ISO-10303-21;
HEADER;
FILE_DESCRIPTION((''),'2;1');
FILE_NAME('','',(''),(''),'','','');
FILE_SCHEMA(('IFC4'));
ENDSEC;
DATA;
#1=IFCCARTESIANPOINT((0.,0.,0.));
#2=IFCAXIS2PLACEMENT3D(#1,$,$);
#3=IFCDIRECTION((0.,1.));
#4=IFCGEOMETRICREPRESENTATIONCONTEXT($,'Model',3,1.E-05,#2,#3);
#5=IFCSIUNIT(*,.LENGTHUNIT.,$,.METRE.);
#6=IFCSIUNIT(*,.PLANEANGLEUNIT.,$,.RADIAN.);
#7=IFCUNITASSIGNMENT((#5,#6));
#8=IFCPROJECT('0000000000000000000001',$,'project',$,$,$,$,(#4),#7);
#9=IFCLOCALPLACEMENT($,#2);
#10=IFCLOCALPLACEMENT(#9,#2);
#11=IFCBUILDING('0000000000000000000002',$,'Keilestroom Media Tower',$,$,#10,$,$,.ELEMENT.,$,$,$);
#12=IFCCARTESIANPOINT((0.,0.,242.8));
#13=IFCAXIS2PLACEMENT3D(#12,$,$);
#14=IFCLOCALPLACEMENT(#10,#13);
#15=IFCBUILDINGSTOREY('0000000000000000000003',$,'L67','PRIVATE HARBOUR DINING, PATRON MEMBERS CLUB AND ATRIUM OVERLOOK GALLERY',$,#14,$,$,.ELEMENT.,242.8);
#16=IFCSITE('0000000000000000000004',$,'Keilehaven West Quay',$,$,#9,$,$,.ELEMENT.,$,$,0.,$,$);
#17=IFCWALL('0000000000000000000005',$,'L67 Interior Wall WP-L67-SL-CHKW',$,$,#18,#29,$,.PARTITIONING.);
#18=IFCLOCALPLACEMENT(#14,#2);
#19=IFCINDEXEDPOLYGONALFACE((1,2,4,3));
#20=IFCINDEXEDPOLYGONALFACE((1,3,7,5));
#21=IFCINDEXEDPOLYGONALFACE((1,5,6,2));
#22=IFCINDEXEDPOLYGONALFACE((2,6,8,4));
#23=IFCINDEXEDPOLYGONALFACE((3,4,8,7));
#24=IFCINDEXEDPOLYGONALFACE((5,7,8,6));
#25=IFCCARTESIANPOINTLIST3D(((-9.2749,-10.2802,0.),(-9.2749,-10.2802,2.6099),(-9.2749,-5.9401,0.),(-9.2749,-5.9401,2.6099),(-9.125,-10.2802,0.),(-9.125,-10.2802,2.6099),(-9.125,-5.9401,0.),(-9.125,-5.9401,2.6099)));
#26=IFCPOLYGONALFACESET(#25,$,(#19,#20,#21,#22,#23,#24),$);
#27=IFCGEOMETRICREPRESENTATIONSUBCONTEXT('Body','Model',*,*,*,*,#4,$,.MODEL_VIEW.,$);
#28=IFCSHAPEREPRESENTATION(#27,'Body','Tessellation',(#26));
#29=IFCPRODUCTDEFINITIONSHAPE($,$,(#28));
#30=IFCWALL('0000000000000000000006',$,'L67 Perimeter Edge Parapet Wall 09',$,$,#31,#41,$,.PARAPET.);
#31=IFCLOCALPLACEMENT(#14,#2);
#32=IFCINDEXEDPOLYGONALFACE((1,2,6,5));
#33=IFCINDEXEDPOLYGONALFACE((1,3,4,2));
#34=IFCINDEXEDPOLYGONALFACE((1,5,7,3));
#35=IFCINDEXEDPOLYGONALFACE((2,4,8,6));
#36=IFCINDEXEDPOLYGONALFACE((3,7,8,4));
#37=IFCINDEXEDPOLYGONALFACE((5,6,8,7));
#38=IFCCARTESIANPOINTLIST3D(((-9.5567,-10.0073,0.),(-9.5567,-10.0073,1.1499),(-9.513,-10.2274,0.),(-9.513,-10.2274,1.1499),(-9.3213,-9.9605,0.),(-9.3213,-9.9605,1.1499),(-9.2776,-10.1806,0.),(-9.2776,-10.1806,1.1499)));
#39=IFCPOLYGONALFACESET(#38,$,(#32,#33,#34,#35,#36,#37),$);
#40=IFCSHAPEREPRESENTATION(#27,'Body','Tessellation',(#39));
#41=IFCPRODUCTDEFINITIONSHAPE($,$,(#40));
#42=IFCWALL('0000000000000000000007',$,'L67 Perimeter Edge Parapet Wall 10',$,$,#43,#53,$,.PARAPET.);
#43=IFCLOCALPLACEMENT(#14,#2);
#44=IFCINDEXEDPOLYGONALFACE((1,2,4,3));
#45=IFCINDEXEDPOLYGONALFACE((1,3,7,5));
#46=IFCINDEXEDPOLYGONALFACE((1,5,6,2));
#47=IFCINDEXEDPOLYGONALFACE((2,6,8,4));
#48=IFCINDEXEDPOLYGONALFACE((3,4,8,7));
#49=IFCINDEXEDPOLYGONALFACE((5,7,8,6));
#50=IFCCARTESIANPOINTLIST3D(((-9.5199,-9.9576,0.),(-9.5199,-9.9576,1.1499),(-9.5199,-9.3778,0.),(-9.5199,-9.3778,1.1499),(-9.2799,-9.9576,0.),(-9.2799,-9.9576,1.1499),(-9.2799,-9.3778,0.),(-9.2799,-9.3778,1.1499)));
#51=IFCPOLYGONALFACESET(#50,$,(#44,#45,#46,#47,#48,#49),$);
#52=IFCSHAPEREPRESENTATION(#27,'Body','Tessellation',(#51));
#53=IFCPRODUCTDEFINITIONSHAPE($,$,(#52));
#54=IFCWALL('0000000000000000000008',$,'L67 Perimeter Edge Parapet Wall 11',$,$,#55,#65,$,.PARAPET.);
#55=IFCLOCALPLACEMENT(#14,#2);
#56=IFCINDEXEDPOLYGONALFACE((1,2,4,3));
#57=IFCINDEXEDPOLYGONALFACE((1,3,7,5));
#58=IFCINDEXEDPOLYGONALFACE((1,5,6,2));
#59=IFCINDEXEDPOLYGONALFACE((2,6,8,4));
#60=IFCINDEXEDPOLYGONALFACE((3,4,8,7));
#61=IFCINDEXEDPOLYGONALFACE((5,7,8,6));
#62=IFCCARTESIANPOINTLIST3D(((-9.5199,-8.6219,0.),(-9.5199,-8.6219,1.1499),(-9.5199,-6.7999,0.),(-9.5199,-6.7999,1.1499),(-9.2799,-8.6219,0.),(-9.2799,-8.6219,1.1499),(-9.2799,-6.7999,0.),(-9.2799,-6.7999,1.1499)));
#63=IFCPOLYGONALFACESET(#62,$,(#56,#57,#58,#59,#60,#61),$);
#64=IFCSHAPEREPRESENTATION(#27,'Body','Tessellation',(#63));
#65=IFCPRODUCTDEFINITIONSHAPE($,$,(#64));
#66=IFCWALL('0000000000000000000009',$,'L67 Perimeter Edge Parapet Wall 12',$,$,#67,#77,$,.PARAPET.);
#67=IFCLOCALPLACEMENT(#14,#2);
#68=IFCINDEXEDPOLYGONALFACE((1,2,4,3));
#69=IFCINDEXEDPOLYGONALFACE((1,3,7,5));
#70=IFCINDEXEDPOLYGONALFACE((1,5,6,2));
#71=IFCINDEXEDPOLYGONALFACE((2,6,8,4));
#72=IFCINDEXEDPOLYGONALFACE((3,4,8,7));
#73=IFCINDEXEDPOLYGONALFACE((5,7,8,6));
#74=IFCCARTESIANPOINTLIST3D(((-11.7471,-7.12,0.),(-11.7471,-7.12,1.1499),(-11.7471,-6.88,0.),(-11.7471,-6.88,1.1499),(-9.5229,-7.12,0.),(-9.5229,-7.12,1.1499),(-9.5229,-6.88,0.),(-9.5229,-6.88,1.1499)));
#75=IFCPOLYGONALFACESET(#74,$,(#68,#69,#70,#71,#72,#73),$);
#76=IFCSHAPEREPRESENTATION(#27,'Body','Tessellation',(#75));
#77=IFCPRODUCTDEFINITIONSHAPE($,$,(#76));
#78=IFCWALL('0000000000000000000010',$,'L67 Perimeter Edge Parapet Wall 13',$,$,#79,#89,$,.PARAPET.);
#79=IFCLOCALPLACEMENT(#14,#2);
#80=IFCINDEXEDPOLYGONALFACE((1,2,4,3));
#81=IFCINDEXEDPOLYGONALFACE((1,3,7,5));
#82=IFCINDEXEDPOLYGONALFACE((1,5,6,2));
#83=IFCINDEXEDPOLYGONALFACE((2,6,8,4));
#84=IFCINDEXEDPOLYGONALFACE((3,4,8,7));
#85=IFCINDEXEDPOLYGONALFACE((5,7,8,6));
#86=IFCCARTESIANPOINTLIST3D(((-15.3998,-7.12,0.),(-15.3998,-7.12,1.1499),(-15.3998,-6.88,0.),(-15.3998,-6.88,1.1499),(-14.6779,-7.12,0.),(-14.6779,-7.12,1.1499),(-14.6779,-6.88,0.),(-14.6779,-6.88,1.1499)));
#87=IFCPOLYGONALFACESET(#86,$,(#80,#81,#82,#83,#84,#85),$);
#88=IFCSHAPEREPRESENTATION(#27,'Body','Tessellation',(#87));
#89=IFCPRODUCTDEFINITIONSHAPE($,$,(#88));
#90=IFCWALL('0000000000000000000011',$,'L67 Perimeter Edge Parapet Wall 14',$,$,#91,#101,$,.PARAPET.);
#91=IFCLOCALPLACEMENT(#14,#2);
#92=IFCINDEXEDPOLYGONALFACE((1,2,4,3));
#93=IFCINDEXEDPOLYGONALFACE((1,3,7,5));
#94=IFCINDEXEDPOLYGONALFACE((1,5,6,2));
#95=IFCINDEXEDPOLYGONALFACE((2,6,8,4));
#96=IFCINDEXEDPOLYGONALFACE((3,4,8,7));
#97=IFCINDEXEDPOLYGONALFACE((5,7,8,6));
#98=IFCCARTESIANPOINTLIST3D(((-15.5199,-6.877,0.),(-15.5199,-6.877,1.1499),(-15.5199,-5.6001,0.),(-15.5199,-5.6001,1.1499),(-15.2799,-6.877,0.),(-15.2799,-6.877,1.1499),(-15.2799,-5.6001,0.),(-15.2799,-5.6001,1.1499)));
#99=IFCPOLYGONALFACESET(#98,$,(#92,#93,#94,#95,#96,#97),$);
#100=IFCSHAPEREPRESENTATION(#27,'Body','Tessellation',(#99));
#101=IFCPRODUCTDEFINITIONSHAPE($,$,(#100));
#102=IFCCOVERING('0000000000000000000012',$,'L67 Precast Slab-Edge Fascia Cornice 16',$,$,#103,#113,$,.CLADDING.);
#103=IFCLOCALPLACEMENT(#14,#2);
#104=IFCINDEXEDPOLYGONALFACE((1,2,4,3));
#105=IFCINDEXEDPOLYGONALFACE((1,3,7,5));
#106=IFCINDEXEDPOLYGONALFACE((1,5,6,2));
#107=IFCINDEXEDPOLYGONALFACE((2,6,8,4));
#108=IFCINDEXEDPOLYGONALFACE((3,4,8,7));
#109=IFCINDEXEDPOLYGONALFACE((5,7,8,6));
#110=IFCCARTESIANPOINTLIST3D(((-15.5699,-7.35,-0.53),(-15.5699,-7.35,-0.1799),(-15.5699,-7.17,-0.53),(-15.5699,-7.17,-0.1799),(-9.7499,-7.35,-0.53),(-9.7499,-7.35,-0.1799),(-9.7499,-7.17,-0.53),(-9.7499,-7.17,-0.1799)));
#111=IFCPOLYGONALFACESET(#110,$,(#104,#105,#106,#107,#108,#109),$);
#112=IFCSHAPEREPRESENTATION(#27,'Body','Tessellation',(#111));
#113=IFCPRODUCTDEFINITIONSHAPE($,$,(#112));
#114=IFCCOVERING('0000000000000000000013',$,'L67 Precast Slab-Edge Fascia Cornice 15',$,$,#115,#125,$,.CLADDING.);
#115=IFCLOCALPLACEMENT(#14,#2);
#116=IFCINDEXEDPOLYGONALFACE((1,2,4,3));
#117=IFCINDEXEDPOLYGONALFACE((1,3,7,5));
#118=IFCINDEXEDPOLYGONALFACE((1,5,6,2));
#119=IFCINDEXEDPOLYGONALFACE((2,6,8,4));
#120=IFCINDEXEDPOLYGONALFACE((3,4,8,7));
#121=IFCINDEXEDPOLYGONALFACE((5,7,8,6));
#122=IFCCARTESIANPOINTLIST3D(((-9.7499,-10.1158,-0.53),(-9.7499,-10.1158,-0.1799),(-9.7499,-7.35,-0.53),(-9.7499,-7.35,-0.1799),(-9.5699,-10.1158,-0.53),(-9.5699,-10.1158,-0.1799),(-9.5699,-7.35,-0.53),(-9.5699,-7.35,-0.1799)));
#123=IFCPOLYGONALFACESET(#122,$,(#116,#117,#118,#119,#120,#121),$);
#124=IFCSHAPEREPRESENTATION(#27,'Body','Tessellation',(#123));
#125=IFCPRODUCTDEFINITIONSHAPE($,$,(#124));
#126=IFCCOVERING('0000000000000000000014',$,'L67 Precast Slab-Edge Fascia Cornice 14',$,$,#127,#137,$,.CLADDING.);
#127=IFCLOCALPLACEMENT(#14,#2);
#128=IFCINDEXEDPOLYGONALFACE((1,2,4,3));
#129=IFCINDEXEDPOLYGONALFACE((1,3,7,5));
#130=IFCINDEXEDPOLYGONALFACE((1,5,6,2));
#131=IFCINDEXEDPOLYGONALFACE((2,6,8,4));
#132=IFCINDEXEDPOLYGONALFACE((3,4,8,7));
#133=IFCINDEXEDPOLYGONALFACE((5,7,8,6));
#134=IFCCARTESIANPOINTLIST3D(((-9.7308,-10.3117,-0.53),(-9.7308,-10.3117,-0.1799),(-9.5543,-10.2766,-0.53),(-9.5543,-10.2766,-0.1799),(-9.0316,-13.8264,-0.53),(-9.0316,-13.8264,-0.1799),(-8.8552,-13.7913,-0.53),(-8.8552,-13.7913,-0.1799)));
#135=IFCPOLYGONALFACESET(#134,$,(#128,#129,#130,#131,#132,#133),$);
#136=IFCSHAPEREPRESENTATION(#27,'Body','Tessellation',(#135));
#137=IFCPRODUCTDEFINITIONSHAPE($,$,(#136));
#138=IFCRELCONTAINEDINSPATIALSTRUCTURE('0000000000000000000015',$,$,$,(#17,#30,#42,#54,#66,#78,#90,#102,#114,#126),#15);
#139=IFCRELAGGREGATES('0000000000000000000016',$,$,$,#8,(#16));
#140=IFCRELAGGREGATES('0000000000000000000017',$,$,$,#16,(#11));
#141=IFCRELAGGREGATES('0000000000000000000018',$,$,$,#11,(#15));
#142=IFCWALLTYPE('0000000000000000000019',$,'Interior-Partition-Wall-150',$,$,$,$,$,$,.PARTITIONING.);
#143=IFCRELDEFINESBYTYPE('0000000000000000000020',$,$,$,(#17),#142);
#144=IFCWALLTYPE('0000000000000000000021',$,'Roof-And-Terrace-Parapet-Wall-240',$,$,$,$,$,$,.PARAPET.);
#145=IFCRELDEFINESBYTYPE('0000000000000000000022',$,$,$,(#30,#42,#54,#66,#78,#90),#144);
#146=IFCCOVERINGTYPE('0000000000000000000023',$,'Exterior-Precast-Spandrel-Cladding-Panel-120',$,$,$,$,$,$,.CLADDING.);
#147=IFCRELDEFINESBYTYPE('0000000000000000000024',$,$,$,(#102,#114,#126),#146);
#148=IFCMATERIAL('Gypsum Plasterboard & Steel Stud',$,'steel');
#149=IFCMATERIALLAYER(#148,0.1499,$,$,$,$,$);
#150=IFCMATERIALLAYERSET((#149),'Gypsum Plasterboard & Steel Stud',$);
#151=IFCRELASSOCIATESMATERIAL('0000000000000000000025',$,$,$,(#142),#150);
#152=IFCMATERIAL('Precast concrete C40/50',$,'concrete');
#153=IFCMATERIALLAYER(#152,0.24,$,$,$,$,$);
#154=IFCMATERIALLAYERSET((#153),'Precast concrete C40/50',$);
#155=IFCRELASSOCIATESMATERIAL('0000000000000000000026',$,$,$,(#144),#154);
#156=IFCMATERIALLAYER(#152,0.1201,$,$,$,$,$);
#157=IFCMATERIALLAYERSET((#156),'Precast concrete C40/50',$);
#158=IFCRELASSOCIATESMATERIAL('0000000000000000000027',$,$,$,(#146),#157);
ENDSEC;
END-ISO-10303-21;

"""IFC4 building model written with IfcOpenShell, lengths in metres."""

from ifc_helpers import new_model, si_unit, direction, frame, frame_2d, origin, origin_2d, place, context, subcontext, project, spatial, rectangle, extrude, source, transform, mapped, material, layer, layer_set, type_object, element, save


model = new_model("IFC4")

# Units and contexts
model_context = context("Model", 3, precision=1e-05, world=origin(), true_north=direction((0.0, 1.0)))
body_context = subcontext(model_context, "Body", "Model", "MODEL_VIEW")
ifc_project = project(units=[si_unit("LENGTHUNIT", "METRE"), si_unit("PLANEANGLEUNIT", "RADIAN")], contexts=[model_context])

# Site, building, storey
site_placement = place(None, origin())
site = spatial("IfcSite", under=ifc_project, at=site_placement, Name="Keilehaven West Quay", CompositionType="ELEMENT", RefElevation=0.0)
building_placement = place(site_placement, origin())
building = spatial("IfcBuilding", under=site, at=building_placement, Name="Keilestroom Media Tower", CompositionType="ELEMENT")
storey_placement = place(building_placement, frame((0.0, 0.0, 242.8)))
storey = spatial("IfcBuildingStorey", under=building, at=storey_placement, Name="L67", Description="PRIVATE HARBOUR DINING, PATRON MEMBERS CLUB AND ATRIUM OVERLOOK GALLERY", CompositionType="ELEMENT", Elevation=242.8)

# Shared definitions
ifc_material_1 = material(Name="Precast concrete C40/50", Category="concrete")

# Shared definitions
ifc_material_2 = material(Name="Gypsum Plasterboard & Steel Stud", Category="steel")

# Shared definitions
ifc_layer_1 = layer(ifc_material_2, 0.1499)
ifc_layer_set_1 = layer_set([ifc_layer_1], Name="Gypsum Plasterboard & Steel Stud")
wall_type_1 = type_object("IfcWallType", Name="Interior-Partition-Wall-150", PredefinedType="PARTITIONING", material=ifc_layer_set_1)

# Walls
wall_1_placement = place(storey_placement, frame((-9.2, -10.28, 0.0), z_axis=(0.0, 0.0, 1.0), x_axis=(0.0, 1.0, 0.0)))
element("IfcWall", 1, at=wall_1_placement, inside=storey, type_object=wall_type_1, Name="L67 Interior Wall WP-L67-SL-CHKW", PredefinedType="PARTITIONING", context=body_context, shape_type="SweptSolid", body=[
    extrude(rectangle(XDim=4.3401, YDim=0.1499, at=frame_2d((2.1699, 0.0))), origin(), (0.0, 0.0, 1.0), 2.6099),
])
ifc_layer_2 = layer(ifc_material_1, 0.24)
ifc_layer_set_2 = layer_set([ifc_layer_2], Name="Precast concrete C40/50")
wall_type_2 = type_object("IfcWallType", Name="Roof-And-Terrace-Parapet-Wall-240", PredefinedType="PARAPET", material=ifc_layer_set_2)
wall_2_placement = place(storey_placement, frame((-9.3953, -10.2041, 0.0), z_axis=(0.0, 0.0, 1.0), x_axis=(-0.19486, 0.980831, 0.0)))
element("IfcWall", 2, at=wall_2_placement, inside=storey, type_object=wall_type_2, Name="L67 Perimeter Edge Parapet Wall 09", PredefinedType="PARAPET", context=body_context, shape_type="SweptSolid", body=[
    extrude(rectangle(XDim=0.2244, YDim=0.24, at=frame_2d((0.1123, 0.0))), origin(), (0.0, 0.0, 1.0), 1.1499),
])
wall_3_placement = place(storey_placement, frame((-9.3999, -9.9578, 0.0), z_axis=(0.0, 0.0, 1.0), x_axis=(0.0, 1.0, 0.0)))
element("IfcWall", 3, at=wall_3_placement, inside=storey, type_object=wall_type_2, Name="L67 Perimeter Edge Parapet Wall 10", PredefinedType="PARAPET", context=body_context, shape_type="SweptSolid", body=[
    extrude(rectangle(XDim=0.5798, YDim=0.24, at=frame_2d((0.29, 0.0))), origin(), (0.0, 0.0, 1.0), 1.1499),
])
wall_4_placement = place(storey_placement, frame((-9.3999, -8.6221, 0.0), z_axis=(0.0, 0.0, 1.0), x_axis=(0.0, 1.0, 0.0)))
element("IfcWall", 4, at=wall_4_placement, inside=storey, type_object=wall_type_2, Name="L67 Perimeter Edge Parapet Wall 11", PredefinedType="PARAPET", context=body_context, shape_type="SweptSolid", body=[
    extrude(rectangle(XDim=1.822, YDim=0.24, at=frame_2d((0.9111, 0.0))), origin(), (0.0, 0.0, 1.0), 1.1499),
])
wall_5_placement = place(storey_placement, frame((-9.5229, -7.0, 0.0), z_axis=(0.0, 0.0, 1.0), x_axis=(-1.0, 0.0, 0.0)))
element("IfcWall", 5, at=wall_5_placement, inside=storey, type_object=wall_type_2, Name="L67 Perimeter Edge Parapet Wall 12", PredefinedType="PARAPET", context=body_context, shape_type="SweptSolid", body=[
    extrude(rectangle(XDim=2.2241, YDim=0.24, at=frame_2d((1.1121, 0.0))), origin(), (0.0, 0.0, 1.0), 1.1499),
])
wall_6_placement = place(storey_placement, frame((-14.678, -7.0, 0.0), z_axis=(0.0, 0.0, 1.0), x_axis=(-1.0, 0.0, 0.0)))
element("IfcWall", 6, at=wall_6_placement, inside=storey, type_object=wall_type_2, Name="L67 Perimeter Edge Parapet Wall 13", PredefinedType="PARAPET", context=body_context, shape_type="SweptSolid", body=[
    extrude(rectangle(XDim=0.7219, YDim=0.24, at=frame_2d((0.3608, 0.0))), origin(), (0.0, 0.0, 1.0), 1.1499),
])
wall_7_placement = place(storey_placement, frame((-15.3999, -6.877, 0.0), z_axis=(0.0, 0.0, 1.0), x_axis=(0.0, 1.0, 0.0)))
element("IfcWall", 7, at=wall_7_placement, inside=storey, type_object=wall_type_2, Name="L67 Perimeter Edge Parapet Wall 14", PredefinedType="PARAPET", context=body_context, shape_type="SweptSolid", body=[
    extrude(rectangle(XDim=1.2769, YDim=0.24, at=frame_2d((0.6384, 0.0))), origin(), (0.0, 0.0, 1.0), 1.1499),
])

# Coverings
ifc_layer_3 = layer(ifc_material_1, 0.1201)
ifc_layer_set_3 = layer_set([ifc_layer_3], Name="Precast concrete C40/50")
covering_type = type_object("IfcCoveringType", Name="Exterior-Precast-Spandrel-Cladding-Panel-120", PredefinedType="CLADDING", material=ifc_layer_set_3)
shared_shape_1 = source(origin(), body_context, "Body", "SweptSolid", [
    extrude(rectangle(XDim=5.8201, YDim=0.1799, at=origin_2d()), origin(), (0.0, 0.0, 1.0), 0.3501),
])
covering_1_placement = place(storey_placement, frame((-12.6599, -7.26, -0.53), z_axis=(0.0, 0.0, 1.0), x_axis=(-1.0, 0.0, 0.0)))
element("IfcCovering", 8, at=covering_1_placement, inside=storey, type_object=covering_type, Name="L67 Precast Slab-Edge Fascia Cornice 16", PredefinedType="CLADDING", context=body_context, shape_type="MappedRepresentation", body=[
    mapped(shared_shape_1, transform((0.0, 0.0, 0.0), x_axis=(1.0, 0.0, 0.0), y_axis=(0.0, 1.0, 0.0), z_axis=(0.0, 0.0, 1.0), scale=1.0)),
])
shared_shape_2 = source(origin(), body_context, "Body", "SweptSolid", [
    extrude(rectangle(XDim=2.7659, YDim=0.1799, at=origin_2d()), origin(), (0.0, 0.0, 1.0), 0.3501),
])
covering_2_placement = place(storey_placement, frame((-9.6599, -8.7329, -0.53), z_axis=(0.0, 0.0, 1.0), x_axis=(0.0, 1.0, 0.0)))
element("IfcCovering", 9, at=covering_2_placement, inside=storey, type_object=covering_type, Name="L67 Precast Slab-Edge Fascia Cornice 15", PredefinedType="CLADDING", context=body_context, shape_type="MappedRepresentation", body=[
    mapped(shared_shape_2, transform((0.0, 0.0, 0.0), x_axis=(1.0, 0.0, 0.0), y_axis=(0.0, 1.0, 0.0), z_axis=(0.0, 0.0, 1.0), scale=1.0)),
])
shared_shape_3 = source(origin(), body_context, "Body", "SweptSolid", [
    extrude(rectangle(XDim=3.5835, YDim=0.1799, at=origin_2d()), origin(), (0.0, 0.0, 1.0), 0.3501),
])
covering_3_placement = place(storey_placement, frame((-9.293, -12.0515, -0.53), z_axis=(0.0, 0.0, 1.0), x_axis=(-0.195099, 0.980784, 0.0)))
element("IfcCovering", 10, at=covering_3_placement, inside=storey, type_object=covering_type, Name="L67 Precast Slab-Edge Fascia Cornice 14", PredefinedType="CLADDING", context=body_context, shape_type="MappedRepresentation", body=[
    mapped(shared_shape_3, transform((0.0, 0.0, 0.0), x_axis=(1.0, 0.0, 0.0), y_axis=(0.0, 1.0, 0.0), z_axis=(0.0, 0.0, 1.0), scale=1.0)),
])

save(model, "model.ifc")
